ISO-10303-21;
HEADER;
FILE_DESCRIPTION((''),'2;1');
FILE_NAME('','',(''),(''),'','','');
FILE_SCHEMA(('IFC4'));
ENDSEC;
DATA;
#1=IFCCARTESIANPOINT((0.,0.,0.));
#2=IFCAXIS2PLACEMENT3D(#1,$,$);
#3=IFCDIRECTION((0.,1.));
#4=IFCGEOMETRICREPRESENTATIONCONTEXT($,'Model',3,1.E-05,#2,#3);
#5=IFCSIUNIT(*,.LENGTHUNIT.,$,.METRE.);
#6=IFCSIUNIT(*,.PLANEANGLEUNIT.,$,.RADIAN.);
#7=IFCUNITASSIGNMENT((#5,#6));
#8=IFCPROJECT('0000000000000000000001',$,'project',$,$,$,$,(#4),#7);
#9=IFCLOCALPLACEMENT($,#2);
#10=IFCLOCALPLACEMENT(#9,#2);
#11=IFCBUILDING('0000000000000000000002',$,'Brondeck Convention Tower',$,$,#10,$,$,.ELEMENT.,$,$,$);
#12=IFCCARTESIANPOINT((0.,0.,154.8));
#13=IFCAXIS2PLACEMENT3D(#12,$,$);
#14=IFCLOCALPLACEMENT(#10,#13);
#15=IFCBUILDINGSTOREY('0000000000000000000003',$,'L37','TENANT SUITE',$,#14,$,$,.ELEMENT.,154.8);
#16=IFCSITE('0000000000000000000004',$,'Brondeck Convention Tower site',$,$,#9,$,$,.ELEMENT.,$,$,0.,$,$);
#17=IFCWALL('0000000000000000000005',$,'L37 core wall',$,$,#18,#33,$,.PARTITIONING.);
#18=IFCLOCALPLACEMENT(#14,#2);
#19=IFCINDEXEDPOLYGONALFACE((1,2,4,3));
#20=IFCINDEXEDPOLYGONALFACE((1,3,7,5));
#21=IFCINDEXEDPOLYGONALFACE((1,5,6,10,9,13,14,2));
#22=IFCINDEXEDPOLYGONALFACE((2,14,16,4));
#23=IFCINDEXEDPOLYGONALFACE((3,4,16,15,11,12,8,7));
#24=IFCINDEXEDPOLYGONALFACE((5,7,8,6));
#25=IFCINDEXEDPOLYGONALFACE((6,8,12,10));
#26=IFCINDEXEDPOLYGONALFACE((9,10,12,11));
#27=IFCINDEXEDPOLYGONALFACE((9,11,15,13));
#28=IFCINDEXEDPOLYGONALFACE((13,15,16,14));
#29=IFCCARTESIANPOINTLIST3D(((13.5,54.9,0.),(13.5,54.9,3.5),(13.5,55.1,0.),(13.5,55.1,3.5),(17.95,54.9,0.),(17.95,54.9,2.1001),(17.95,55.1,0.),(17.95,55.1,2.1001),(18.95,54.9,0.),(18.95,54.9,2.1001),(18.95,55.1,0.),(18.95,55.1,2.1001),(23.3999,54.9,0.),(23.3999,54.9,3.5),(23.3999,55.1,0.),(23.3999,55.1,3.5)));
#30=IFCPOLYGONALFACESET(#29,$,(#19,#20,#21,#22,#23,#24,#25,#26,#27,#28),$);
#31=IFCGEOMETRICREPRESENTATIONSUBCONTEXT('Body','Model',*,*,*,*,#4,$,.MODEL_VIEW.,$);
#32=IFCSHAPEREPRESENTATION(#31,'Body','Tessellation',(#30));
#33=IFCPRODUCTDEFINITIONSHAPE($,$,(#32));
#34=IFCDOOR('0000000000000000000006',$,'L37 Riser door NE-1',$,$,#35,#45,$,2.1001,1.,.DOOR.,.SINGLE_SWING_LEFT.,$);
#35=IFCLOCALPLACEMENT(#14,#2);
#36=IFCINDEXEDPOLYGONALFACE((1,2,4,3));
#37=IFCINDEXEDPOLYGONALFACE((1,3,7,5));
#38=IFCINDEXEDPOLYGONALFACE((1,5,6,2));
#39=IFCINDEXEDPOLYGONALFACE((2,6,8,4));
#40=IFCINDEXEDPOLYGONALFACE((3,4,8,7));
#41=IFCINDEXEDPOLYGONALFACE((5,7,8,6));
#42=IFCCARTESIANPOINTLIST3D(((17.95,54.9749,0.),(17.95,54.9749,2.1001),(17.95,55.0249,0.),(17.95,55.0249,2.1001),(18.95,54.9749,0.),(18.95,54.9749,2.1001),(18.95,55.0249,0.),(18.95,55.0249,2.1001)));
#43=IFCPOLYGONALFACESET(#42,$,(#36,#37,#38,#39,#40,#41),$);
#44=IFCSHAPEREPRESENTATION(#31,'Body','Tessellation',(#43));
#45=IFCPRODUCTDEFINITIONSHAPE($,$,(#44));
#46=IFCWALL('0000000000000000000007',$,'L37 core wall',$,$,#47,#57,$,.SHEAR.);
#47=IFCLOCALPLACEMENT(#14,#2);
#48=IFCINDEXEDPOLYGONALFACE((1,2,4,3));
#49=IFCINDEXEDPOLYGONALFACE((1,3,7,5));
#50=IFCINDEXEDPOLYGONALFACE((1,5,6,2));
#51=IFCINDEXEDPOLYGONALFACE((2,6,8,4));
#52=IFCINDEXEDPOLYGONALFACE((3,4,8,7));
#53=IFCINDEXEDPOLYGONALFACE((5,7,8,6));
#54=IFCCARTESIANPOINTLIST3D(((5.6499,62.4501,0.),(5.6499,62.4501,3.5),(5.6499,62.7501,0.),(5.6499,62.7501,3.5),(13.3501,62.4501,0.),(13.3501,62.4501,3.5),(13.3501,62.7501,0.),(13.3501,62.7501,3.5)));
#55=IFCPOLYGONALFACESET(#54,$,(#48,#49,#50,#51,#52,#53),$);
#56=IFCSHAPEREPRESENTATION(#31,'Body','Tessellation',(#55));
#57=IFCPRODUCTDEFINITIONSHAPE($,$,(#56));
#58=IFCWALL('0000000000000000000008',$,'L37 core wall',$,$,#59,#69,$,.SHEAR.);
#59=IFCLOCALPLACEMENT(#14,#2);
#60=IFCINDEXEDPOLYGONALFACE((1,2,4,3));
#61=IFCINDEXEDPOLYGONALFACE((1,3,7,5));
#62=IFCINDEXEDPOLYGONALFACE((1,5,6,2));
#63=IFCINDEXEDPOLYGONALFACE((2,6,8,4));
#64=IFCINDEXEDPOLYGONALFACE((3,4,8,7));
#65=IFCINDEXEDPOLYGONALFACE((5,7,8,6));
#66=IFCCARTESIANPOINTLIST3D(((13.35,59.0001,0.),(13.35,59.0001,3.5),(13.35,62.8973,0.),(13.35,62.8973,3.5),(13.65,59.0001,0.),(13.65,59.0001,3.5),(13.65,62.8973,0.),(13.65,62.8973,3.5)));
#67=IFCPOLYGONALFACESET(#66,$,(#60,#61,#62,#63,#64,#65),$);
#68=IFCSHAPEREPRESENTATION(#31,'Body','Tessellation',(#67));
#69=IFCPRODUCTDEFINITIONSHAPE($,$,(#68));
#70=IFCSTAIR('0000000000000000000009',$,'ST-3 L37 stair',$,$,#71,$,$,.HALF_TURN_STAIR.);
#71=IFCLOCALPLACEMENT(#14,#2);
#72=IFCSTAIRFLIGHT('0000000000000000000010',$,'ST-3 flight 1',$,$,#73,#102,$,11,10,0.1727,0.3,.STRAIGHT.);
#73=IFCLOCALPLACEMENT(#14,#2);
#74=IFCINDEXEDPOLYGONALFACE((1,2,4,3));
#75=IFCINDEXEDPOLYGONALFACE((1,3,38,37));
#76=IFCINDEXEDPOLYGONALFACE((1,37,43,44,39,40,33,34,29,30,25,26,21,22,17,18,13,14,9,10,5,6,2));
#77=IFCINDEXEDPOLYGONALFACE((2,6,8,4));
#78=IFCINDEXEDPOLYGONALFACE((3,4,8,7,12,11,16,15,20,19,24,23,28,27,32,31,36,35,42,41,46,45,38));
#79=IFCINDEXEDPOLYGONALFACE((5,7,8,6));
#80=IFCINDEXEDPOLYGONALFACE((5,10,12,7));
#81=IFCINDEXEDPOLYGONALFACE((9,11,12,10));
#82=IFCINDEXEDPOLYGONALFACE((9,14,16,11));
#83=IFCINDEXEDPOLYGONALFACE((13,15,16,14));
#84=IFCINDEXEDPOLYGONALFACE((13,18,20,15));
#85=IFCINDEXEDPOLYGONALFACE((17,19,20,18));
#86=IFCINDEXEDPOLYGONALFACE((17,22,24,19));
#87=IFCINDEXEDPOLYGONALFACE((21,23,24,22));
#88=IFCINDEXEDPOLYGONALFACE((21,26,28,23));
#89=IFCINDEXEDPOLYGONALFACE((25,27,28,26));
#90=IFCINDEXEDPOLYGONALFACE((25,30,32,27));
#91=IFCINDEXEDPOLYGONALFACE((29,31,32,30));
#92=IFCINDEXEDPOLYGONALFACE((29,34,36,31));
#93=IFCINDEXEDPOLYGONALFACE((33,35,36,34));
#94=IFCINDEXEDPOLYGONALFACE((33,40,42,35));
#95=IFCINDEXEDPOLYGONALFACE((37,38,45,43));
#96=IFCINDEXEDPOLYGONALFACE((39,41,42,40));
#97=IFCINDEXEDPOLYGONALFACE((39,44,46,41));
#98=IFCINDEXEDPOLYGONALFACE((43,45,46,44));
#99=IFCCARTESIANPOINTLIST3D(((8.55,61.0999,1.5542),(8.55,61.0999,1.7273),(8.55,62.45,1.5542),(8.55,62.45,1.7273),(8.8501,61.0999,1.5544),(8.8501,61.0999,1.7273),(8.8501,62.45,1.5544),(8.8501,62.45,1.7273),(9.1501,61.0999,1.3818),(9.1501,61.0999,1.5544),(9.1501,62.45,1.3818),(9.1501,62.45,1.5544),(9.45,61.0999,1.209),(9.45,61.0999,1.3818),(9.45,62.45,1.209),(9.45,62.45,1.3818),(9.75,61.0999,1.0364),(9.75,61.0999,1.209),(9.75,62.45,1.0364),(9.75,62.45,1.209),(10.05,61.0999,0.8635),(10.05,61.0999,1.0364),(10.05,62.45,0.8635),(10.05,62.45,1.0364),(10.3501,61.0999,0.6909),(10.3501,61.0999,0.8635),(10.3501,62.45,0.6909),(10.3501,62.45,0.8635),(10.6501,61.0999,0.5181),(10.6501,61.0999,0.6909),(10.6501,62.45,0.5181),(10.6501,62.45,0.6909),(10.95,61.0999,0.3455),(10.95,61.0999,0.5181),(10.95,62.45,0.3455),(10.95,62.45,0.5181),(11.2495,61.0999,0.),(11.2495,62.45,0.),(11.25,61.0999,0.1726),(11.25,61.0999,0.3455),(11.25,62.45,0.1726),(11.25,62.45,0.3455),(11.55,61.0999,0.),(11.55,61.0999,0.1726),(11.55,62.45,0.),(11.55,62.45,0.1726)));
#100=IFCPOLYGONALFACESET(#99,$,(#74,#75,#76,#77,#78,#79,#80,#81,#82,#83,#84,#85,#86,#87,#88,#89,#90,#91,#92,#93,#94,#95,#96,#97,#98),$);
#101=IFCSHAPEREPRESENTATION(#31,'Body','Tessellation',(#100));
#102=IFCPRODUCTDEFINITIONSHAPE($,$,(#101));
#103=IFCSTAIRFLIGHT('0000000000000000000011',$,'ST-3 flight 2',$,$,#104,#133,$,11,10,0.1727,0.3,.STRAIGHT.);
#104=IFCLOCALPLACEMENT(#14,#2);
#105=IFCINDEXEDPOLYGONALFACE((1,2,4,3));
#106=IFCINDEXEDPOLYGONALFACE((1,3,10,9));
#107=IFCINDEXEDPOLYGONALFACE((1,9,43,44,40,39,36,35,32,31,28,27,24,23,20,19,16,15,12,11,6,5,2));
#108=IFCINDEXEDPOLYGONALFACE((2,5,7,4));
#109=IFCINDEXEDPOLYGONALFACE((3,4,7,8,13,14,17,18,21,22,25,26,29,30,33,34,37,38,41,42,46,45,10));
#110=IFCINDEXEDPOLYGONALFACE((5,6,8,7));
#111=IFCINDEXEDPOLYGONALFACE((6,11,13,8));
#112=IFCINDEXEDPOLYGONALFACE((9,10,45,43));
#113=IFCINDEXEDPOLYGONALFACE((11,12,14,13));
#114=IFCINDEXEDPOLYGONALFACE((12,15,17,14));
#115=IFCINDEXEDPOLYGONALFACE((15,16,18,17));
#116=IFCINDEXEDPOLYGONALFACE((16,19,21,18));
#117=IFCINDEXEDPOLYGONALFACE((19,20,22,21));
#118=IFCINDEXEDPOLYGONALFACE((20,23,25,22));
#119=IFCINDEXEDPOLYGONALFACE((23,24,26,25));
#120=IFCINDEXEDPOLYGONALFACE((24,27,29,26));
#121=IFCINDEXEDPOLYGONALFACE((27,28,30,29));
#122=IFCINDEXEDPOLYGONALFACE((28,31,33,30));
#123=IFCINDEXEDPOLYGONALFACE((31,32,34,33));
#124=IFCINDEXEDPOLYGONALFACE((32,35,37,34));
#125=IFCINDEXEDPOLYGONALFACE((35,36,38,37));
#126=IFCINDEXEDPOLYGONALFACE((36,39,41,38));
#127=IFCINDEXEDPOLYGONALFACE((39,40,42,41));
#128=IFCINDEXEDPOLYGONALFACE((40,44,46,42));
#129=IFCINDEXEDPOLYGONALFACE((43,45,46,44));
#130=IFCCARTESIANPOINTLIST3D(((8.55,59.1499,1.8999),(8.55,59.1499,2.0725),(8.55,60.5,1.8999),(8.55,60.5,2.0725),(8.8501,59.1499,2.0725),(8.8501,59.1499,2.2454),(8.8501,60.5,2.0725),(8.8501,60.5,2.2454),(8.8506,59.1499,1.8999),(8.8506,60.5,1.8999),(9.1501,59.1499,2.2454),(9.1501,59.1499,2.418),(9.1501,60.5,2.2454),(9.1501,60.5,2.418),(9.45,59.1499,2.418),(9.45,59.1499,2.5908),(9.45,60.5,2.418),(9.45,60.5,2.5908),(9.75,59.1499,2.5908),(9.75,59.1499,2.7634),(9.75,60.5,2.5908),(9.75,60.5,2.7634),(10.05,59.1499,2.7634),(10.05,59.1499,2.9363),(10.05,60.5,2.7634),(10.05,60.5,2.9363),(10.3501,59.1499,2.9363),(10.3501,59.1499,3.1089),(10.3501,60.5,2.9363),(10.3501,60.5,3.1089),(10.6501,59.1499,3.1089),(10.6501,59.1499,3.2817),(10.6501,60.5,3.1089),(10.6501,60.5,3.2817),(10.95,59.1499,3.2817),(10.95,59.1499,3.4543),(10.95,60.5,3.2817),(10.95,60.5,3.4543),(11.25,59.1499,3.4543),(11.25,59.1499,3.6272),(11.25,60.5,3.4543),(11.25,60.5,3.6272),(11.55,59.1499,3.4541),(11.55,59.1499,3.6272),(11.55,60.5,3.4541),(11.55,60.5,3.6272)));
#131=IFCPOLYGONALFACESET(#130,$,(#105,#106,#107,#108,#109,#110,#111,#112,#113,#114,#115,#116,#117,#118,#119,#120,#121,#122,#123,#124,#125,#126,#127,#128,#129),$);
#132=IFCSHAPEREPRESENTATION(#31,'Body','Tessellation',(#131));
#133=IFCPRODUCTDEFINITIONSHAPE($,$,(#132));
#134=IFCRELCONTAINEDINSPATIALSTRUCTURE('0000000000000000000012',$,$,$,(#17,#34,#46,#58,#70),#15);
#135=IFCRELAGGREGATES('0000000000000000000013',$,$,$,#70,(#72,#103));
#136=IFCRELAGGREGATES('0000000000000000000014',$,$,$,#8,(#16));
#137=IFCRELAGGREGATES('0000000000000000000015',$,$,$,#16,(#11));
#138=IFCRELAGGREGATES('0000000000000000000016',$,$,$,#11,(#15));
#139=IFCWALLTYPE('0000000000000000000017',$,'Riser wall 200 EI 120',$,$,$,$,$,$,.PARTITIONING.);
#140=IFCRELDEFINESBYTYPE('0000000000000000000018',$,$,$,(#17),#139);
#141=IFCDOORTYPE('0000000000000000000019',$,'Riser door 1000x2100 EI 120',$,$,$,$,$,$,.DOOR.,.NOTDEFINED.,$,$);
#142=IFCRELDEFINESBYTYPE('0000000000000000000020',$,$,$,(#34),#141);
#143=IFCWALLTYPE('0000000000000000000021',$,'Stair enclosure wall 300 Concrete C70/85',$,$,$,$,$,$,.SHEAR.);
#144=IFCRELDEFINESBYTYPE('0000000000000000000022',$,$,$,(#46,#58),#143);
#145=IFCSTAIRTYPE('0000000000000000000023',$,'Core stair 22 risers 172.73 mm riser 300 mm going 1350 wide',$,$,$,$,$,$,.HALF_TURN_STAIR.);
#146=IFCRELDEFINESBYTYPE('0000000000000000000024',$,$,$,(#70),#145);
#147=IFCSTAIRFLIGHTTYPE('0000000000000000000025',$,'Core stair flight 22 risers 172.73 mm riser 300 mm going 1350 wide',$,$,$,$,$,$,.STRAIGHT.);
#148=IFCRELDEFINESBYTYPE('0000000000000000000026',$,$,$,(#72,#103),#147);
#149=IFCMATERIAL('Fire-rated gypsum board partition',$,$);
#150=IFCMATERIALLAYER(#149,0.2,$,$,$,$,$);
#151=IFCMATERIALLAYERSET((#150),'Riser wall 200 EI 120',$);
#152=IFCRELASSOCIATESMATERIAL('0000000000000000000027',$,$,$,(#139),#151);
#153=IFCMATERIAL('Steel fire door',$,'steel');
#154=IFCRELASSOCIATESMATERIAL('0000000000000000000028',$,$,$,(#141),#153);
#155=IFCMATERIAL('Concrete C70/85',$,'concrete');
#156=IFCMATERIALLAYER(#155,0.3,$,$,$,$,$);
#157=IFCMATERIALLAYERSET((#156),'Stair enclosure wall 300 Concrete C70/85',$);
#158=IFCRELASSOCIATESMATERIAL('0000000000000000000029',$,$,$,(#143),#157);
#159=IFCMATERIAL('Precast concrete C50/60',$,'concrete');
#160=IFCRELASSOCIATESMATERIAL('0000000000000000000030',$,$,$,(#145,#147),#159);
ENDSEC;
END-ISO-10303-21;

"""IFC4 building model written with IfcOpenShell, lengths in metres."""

from ifc_helpers import new_model, si_unit, direction, frame, frame_2d, origin, place, context, subcontext, project, spatial, polyline, rectangle, outline, extrude, material, layer, layer_set, type_object, element, fill, aggregate, save


model = new_model("IFC4")

# Units and contexts
model_context = context("Model", 3, precision=1e-05, world=origin(), true_north=direction((0.0, 1.0)))
body_context = subcontext(model_context, "Body", "Model", "MODEL_VIEW")
ifc_project = project(units=[si_unit("LENGTHUNIT", "METRE"), si_unit("PLANEANGLEUNIT", "RADIAN")], contexts=[model_context])

# Site, building, storey
site_placement = place(None, origin())
site = spatial("IfcSite", under=ifc_project, at=site_placement, Name="Brondeck Convention Tower site", CompositionType="ELEMENT", RefElevation=0.0)
building_placement = place(site_placement, origin())
building = spatial("IfcBuilding", under=site, at=building_placement, Name="Brondeck Convention Tower", CompositionType="ELEMENT")
storey_placement = place(building_placement, frame((0.0, 0.0, 154.8)))
storey = spatial("IfcBuildingStorey", under=building, at=storey_placement, Name="L37", Description="TENANT SUITE", CompositionType="ELEMENT", Elevation=154.8)

# Shared definitions
ifc_material_1 = material(Name="Concrete C70/85", Category="concrete")

# Shared definitions
ifc_material_2 = material(Name="Fire-rated gypsum board partition")

# Shared definitions
ifc_material_3 = material(Name="Steel fire door", Category="steel")

# Wall, opening, door
ifc_layer_1 = layer(ifc_material_2, 0.2)
ifc_layer_set_1 = layer_set([ifc_layer_1], Name="Riser wall 200 EI 120")
wall_type_1 = type_object("IfcWallType", Name="Riser wall 200 EI 120", PredefinedType="PARTITIONING", material=ifc_layer_set_1)
wall_1_placement = place(storey_placement, frame((13.5, 55.0, 0.0), z_axis=(0.0, 0.0, 1.0), x_axis=(1.0, 0.0, 0.0)))
wall_1 = element("IfcWall", 1, at=wall_1_placement, inside=storey, type_object=wall_type_1, Name="L37 core wall", PredefinedType="PARTITIONING", context=body_context, shape_type="SweptSolid", body=[
    extrude(rectangle(XDim=9.8999, YDim=0.2, at=frame_2d((4.95, 0.0))), origin(), (0.0, 0.0, 1.0), 3.5),
])
opening_1_placement = place(wall_1_placement, frame((4.45, 0.0, 0.0)))
opening_1 = element("IfcOpeningElement", 2, at=opening_1_placement, cuts=wall_1, PredefinedType="OPENING", context=body_context, shape_type="SweptSolid", body=[
    extrude(rectangle(XDim=1.0, YDim=2.1001, at=frame_2d((0.5, 1.05))), frame((0.0, 0.1099, 0.0), z_axis=(0.0, -1.0, 0.0), x_axis=(1.0, 0.0, 0.0)), (0.0, 0.0, 1.0), 0.22),
])
door_type_1 = type_object("IfcDoorType", Name="Riser door 1000x2100 EI 120", OperationType="NOTDEFINED", PredefinedType="DOOR", material=ifc_material_3)
door_1_placement = place(opening_1_placement, origin())
door_1 = element("IfcDoor", 3, at=door_1_placement, inside=storey, type_object=door_type_1, Name="L37 Riser door NE-1", OperationType="SINGLE_SWING_LEFT", OverallHeight=2.1001, OverallWidth=1.0, PredefinedType="DOOR", context=body_context, shape_type="SweptSolid", body=[
    extrude(rectangle(XDim=1.0, YDim=2.1001, at=frame_2d((0.5, 1.05))), frame((0.0, 0.0249, 0.0), z_axis=(0.0, -1.0, 0.0), x_axis=(1.0, 0.0, 0.0)), (0.0, 0.0, 1.0), 0.05),
])
fill(opening_1, door_1)

# Walls
ifc_layer_2 = layer(ifc_material_1, 0.3)
ifc_layer_set_2 = layer_set([ifc_layer_2], Name="Stair enclosure wall 300 Concrete C70/85")
wall_type_2 = type_object("IfcWallType", Name="Stair enclosure wall 300 Concrete C70/85", PredefinedType="SHEAR", material=ifc_layer_set_2)
wall_2_placement = place(storey_placement, frame((5.6499, 62.6001, 0.0), z_axis=(0.0, 0.0, 1.0), x_axis=(1.0, 0.0, 0.0)))
element("IfcWall", 4, at=wall_2_placement, inside=storey, type_object=wall_type_2, Name="L37 core wall", PredefinedType="SHEAR", context=body_context, shape_type="SweptSolid", body=[
    extrude(rectangle(XDim=7.7002, YDim=0.3, at=frame_2d((3.8501, 0.0))), origin(), (0.0, 0.0, 1.0), 3.5),
])
wall_3_placement = place(storey_placement, frame((13.5, 59.0, 0.0), z_axis=(0.0, 0.0, 1.0), x_axis=(0.0, 1.0, 0.0)))
element("IfcWall", 5, at=wall_3_placement, inside=storey, type_object=wall_type_2, Name="L37 core wall", PredefinedType="SHEAR", context=body_context, shape_type="SweptSolid", body=[
    extrude(rectangle(XDim=3.8972, YDim=0.3, at=frame_2d((1.9487, 0.0))), origin(), (0.0, 0.0, 1.0), 3.5),
])

# Stair, stair flights
ifc_material_4 = material(Name="Precast concrete C50/60", Category="concrete")
stair_type = type_object("IfcStairType", Name="Core stair 22 risers 172.73 mm riser 300 mm going 1350 wide", PredefinedType="HALF_TURN_STAIR", material=ifc_material_4)
stair_placement = place(storey_placement, origin())
stair = element("IfcStair", 6, at=stair_placement, inside=storey, type_object=stair_type, Name="ST-3 L37 stair", PredefinedType="HALF_TURN_STAIR")
stair_flight_type = type_object("IfcStairFlightType", Name="Core stair flight 22 risers 172.73 mm riser 300 mm going 1350 wide", PredefinedType="STRAIGHT", material=ifc_material_4)
stair_flight_1_placement = place(storey_placement, frame((11.55, 61.7749, 0.0), z_axis=(0.0, 0.0, 1.0), x_axis=(-1.0, 0.0, 0.0)))
stair_flight_1 = element("IfcStairFlight", 7, at=stair_flight_1_placement, type_object=stair_flight_type, Name="ST-3 flight 1", NumberOfRisers=11, NumberOfTreads=10, PredefinedType="STRAIGHT", RiserHeight=0.1727, TreadLength=0.3, context=body_context, shape_type="SweptSolid", body=[
    extrude(outline(polyline([(0.0, 0.0), (0.0, 0.1726), (0.3, 0.1726), (0.3, 0.3455), (0.6001, 0.3455), (0.6001, 0.5181), (0.8999, 0.5181), (0.8999, 0.6909), (1.2, 0.6909), (1.2, 0.8635), (1.5, 0.8635), (1.5, 1.0364), (1.8, 1.0364), (1.8, 1.209), (2.1001, 1.209), (2.1001, 1.3818), (2.3999, 1.3818), (2.3999, 1.5544), (2.7, 1.5544), (2.7, 1.7273), (3.0, 1.7273), (3.0, 1.8999), (3.0, 1.5542), (0.3005, 0.0), (0.0, 0.0)])), frame((0.0, 0.675, 0.0), z_axis=(0.0, -1.0, 0.0), x_axis=(1.0, 0.0, 0.0)), (0.0, 0.0, 1.0), 1.3501),
])
stair_flight_2_placement = place(storey_placement, frame((8.55, 59.825, 1.8999), z_axis=(0.0, 0.0, 1.0), x_axis=(1.0, 0.0, 0.0)))
stair_flight_2 = element("IfcStairFlight", 8, at=stair_flight_2_placement, type_object=stair_flight_type, Name="ST-3 flight 2", NumberOfRisers=11, NumberOfTreads=10, PredefinedType="STRAIGHT", RiserHeight=0.1727, TreadLength=0.3, context=body_context, shape_type="SweptSolid", body=[
    extrude(outline(polyline([(0.0, 0.0), (0.0, 0.1726), (0.3, 0.1726), (0.3, 0.3455), (0.6001, 0.3455), (0.6001, 0.5181), (0.8999, 0.5181), (0.8999, 0.6909), (1.2, 0.6909), (1.2, 0.8635), (1.5, 0.8635), (1.5, 1.0364), (1.8, 1.0364), (1.8, 1.209), (2.1001, 1.209), (2.1001, 1.3818), (2.3999, 1.3818), (2.3999, 1.5544), (2.7, 1.5544), (2.7, 1.7273), (3.0, 1.7273), (3.0, 1.8999), (3.0, 1.5542), (0.3005, 0.0), (0.0, 0.0)])), frame((0.0, 0.675, 0.0), z_axis=(0.0, -1.0, 0.0), x_axis=(1.0, 0.0, 0.0)), (0.0, 0.0, 1.0), 1.3501),
])
aggregate(stair, [stair_flight_1, stair_flight_2])

save(model, "model.ifc")
